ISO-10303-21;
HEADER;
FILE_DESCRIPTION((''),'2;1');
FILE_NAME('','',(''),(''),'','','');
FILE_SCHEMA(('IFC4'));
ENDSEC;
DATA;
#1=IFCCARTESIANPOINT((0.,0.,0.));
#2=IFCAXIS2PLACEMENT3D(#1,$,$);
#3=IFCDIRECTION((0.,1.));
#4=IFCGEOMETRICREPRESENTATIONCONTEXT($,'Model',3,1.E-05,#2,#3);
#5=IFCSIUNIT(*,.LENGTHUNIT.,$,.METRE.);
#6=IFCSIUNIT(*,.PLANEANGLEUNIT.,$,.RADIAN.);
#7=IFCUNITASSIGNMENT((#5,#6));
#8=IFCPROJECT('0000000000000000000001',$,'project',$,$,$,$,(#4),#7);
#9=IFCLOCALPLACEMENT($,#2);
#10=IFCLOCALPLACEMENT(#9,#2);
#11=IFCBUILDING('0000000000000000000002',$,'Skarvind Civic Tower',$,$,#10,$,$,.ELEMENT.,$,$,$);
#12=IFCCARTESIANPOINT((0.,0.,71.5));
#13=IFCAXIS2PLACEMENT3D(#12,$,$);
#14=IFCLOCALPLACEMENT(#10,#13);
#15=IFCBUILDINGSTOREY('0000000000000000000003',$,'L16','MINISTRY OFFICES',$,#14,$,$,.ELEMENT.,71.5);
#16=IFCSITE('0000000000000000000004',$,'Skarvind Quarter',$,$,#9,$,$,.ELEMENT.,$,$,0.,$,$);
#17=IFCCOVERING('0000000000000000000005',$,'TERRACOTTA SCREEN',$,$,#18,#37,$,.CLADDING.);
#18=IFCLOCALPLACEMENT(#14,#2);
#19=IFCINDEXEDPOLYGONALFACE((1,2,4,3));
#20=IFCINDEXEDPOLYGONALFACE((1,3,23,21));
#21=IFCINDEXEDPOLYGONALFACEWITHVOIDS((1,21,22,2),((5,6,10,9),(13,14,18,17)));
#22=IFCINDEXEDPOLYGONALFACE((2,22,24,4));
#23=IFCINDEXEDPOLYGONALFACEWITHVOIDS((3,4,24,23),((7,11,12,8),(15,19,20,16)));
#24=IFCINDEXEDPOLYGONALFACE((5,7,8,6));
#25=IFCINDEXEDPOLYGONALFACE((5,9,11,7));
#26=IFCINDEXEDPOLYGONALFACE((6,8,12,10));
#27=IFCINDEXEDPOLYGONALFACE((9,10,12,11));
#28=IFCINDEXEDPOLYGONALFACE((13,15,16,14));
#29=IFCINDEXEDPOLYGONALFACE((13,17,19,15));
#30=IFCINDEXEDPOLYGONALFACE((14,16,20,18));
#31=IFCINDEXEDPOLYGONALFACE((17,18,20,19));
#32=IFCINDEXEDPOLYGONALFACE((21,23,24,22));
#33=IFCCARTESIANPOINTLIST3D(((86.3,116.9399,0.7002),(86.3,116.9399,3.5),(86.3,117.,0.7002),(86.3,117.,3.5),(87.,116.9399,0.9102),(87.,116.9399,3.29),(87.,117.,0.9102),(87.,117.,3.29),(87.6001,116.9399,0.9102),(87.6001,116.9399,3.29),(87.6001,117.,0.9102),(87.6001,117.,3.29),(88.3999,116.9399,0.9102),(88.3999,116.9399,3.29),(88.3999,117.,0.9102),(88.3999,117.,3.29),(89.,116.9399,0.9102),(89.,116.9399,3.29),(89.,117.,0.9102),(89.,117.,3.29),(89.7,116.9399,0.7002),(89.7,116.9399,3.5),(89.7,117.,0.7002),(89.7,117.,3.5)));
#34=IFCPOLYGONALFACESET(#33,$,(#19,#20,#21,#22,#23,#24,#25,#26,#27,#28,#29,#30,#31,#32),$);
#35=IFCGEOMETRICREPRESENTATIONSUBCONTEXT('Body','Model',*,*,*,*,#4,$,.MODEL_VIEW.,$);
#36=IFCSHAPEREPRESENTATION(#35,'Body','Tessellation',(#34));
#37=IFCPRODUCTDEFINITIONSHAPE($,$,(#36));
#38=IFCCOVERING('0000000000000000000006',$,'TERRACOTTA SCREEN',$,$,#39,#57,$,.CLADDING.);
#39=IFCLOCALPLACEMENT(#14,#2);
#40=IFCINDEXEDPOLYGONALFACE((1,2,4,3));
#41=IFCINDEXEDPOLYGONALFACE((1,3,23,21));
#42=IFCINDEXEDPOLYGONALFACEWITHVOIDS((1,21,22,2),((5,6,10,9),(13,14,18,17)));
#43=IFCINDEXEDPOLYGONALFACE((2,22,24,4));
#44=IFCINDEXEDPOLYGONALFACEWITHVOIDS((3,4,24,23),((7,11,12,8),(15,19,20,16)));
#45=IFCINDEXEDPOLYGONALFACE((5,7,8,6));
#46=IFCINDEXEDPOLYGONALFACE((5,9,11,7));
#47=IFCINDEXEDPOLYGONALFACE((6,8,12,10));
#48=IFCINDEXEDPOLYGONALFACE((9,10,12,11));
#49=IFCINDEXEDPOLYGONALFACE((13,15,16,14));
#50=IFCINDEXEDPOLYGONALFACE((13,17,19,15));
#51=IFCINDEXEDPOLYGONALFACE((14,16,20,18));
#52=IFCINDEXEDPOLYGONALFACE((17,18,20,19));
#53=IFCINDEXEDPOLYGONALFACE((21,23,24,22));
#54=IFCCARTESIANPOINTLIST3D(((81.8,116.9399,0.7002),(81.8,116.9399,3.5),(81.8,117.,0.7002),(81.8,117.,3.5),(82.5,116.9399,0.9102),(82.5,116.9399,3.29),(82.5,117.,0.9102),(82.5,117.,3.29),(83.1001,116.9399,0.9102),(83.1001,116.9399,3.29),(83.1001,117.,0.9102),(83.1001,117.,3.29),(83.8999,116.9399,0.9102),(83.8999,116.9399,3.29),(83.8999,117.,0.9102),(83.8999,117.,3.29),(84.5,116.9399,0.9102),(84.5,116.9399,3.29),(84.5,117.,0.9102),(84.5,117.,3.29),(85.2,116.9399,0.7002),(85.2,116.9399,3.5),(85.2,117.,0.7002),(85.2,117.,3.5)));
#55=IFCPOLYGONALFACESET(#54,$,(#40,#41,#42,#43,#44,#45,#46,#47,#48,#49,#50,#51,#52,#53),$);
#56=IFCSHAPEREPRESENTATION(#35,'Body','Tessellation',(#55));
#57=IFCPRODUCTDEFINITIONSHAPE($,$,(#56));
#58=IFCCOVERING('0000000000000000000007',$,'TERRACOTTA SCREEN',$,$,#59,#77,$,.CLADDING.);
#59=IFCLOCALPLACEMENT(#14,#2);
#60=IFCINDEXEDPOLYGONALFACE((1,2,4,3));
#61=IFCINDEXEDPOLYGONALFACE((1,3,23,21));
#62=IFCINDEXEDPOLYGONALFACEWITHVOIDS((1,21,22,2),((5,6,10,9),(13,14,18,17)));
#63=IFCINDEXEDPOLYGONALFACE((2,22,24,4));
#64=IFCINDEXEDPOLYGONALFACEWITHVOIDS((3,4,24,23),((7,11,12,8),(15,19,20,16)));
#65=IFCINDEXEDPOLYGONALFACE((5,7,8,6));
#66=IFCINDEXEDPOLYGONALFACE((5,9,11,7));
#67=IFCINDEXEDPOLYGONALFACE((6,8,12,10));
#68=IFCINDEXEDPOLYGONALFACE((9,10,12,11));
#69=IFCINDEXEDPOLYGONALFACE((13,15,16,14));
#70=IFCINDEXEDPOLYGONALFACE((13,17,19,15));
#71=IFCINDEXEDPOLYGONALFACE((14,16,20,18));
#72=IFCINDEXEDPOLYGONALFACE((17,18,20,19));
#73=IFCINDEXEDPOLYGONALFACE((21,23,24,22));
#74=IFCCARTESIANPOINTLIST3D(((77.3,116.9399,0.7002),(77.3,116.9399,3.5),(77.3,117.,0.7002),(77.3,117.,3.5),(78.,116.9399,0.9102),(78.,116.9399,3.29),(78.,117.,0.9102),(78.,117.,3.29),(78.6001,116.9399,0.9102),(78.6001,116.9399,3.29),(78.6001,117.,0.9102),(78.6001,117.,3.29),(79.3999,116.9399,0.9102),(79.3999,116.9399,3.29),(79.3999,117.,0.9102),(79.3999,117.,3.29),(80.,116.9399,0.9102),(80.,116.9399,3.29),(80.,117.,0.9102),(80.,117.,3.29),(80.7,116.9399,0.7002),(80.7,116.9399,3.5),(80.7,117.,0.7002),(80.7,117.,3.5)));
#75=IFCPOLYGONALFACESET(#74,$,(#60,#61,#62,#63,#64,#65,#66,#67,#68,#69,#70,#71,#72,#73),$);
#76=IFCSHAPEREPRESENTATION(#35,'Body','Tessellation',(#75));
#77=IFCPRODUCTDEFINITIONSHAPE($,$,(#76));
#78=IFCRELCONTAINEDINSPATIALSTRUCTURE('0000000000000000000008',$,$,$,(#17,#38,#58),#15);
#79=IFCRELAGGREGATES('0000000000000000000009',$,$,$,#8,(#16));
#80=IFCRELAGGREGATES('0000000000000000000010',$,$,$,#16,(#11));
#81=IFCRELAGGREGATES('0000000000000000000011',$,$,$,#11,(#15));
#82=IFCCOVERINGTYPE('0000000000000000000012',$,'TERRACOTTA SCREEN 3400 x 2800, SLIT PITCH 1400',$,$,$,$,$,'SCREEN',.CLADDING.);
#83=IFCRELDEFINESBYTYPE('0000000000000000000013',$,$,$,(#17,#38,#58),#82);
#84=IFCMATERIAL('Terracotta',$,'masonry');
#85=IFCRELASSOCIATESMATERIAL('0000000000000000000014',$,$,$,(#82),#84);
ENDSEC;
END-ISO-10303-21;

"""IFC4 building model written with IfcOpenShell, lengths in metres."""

from ifc_helpers import new_model, si_unit, direction, frame, origin, place, context, subcontext, project, spatial, polyline, outline, extrude, material, material_profile, profile_set, type_object, element, save


model = new_model("IFC4")

# Units and contexts
model_context = context("Model", 3, precision=1e-05, world=origin(), true_north=direction((0.0, 1.0)))
body_context = subcontext(model_context, "Body", "Model", "MODEL_VIEW")
ifc_project = project(units=[si_unit("LENGTHUNIT", "METRE"), si_unit("PLANEANGLEUNIT", "RADIAN")], contexts=[model_context])

# Site, building, storey
site_placement = place(None, origin())
site = spatial("IfcSite", under=ifc_project, at=site_placement, Name="Skarvind Quarter", CompositionType="ELEMENT", RefElevation=0.0)
building_placement = place(site_placement, origin())
building = spatial("IfcBuilding", under=site, at=building_placement, Name="Skarvind Civic Tower", CompositionType="ELEMENT")
storey_placement = place(building_placement, frame((0.0, 0.0, 71.5)))
storey = spatial("IfcBuildingStorey", under=building, at=storey_placement, Name="L16", Description="MINISTRY OFFICES", CompositionType="ELEMENT", Elevation=71.5)

# Coverings
ifc_material_1 = material(Name="Terracotta", Category="masonry")
ifc_material_profile_1 = material_profile(ifc_material_1, outline(polyline([(-1.7, -1.3999), (1.7, -1.3999), (1.7, 1.3999), (-1.7, 1.3999), (-1.7, -1.3999)]), holes=[polyline([(-1.0, -1.1899), (-0.3999, -1.1899), (-0.3999, 1.1899), (-1.0, 1.1899), (-1.0, -1.1899)]), polyline([(0.3999, -1.1899), (1.0, -1.1899), (1.0, 1.1899), (0.3999, 1.1899), (0.3999, -1.1899)])]), Name="TERRACOTTA SCREEN 3400 x 2800, SLIT PITCH 1400")
ifc_profile_set_1 = profile_set([ifc_material_profile_1], Name="Terracotta")
covering_type = type_object("IfcCoveringType", Name="TERRACOTTA SCREEN 3400 x 2800, SLIT PITCH 1400", ElementType="SCREEN", PredefinedType="CLADDING", material=ifc_profile_set_1)
for number, where, z_axis, x_axis, name in (
    (1, (88.0, 117.0, 2.1001), (0.0, -1.0, 0.0), (1.0, 0.0, 0.0), "TERRACOTTA SCREEN"),
    (2, (83.5, 117.0, 2.1001), (0.0, -1.0, 0.0), (1.0, 0.0, 0.0), "TERRACOTTA SCREEN"),
    (3, (79.0, 117.0, 2.1001), (0.0, -1.0, 0.0), (1.0, 0.0, 0.0), "TERRACOTTA SCREEN"),
):
    element("IfcCovering", number, at=place(storey_placement, frame(where, z_axis=z_axis, x_axis=x_axis)), inside=storey, type_object=covering_type, Name=name, PredefinedType="CLADDING", context=body_context, shape_type="SweptSolid", body=[
        extrude(outline(polyline([(-1.7, -1.3999), (1.7, -1.3999), (1.7, 1.3999), (-1.7, 1.3999), (-1.7, -1.3999)]), holes=[polyline([(-1.0, -1.1899), (-0.3999, -1.1899), (-0.3999, 1.1899), (-1.0, 1.1899), (-1.0, -1.1899)]), polyline([(0.3999, -1.1899), (1.0, -1.1899), (1.0, 1.1899), (0.3999, 1.1899), (0.3999, -1.1899)])]), origin(), (0.0, 0.0, 1.0), 0.0601),
    ])

save(model, "model.ifc")
